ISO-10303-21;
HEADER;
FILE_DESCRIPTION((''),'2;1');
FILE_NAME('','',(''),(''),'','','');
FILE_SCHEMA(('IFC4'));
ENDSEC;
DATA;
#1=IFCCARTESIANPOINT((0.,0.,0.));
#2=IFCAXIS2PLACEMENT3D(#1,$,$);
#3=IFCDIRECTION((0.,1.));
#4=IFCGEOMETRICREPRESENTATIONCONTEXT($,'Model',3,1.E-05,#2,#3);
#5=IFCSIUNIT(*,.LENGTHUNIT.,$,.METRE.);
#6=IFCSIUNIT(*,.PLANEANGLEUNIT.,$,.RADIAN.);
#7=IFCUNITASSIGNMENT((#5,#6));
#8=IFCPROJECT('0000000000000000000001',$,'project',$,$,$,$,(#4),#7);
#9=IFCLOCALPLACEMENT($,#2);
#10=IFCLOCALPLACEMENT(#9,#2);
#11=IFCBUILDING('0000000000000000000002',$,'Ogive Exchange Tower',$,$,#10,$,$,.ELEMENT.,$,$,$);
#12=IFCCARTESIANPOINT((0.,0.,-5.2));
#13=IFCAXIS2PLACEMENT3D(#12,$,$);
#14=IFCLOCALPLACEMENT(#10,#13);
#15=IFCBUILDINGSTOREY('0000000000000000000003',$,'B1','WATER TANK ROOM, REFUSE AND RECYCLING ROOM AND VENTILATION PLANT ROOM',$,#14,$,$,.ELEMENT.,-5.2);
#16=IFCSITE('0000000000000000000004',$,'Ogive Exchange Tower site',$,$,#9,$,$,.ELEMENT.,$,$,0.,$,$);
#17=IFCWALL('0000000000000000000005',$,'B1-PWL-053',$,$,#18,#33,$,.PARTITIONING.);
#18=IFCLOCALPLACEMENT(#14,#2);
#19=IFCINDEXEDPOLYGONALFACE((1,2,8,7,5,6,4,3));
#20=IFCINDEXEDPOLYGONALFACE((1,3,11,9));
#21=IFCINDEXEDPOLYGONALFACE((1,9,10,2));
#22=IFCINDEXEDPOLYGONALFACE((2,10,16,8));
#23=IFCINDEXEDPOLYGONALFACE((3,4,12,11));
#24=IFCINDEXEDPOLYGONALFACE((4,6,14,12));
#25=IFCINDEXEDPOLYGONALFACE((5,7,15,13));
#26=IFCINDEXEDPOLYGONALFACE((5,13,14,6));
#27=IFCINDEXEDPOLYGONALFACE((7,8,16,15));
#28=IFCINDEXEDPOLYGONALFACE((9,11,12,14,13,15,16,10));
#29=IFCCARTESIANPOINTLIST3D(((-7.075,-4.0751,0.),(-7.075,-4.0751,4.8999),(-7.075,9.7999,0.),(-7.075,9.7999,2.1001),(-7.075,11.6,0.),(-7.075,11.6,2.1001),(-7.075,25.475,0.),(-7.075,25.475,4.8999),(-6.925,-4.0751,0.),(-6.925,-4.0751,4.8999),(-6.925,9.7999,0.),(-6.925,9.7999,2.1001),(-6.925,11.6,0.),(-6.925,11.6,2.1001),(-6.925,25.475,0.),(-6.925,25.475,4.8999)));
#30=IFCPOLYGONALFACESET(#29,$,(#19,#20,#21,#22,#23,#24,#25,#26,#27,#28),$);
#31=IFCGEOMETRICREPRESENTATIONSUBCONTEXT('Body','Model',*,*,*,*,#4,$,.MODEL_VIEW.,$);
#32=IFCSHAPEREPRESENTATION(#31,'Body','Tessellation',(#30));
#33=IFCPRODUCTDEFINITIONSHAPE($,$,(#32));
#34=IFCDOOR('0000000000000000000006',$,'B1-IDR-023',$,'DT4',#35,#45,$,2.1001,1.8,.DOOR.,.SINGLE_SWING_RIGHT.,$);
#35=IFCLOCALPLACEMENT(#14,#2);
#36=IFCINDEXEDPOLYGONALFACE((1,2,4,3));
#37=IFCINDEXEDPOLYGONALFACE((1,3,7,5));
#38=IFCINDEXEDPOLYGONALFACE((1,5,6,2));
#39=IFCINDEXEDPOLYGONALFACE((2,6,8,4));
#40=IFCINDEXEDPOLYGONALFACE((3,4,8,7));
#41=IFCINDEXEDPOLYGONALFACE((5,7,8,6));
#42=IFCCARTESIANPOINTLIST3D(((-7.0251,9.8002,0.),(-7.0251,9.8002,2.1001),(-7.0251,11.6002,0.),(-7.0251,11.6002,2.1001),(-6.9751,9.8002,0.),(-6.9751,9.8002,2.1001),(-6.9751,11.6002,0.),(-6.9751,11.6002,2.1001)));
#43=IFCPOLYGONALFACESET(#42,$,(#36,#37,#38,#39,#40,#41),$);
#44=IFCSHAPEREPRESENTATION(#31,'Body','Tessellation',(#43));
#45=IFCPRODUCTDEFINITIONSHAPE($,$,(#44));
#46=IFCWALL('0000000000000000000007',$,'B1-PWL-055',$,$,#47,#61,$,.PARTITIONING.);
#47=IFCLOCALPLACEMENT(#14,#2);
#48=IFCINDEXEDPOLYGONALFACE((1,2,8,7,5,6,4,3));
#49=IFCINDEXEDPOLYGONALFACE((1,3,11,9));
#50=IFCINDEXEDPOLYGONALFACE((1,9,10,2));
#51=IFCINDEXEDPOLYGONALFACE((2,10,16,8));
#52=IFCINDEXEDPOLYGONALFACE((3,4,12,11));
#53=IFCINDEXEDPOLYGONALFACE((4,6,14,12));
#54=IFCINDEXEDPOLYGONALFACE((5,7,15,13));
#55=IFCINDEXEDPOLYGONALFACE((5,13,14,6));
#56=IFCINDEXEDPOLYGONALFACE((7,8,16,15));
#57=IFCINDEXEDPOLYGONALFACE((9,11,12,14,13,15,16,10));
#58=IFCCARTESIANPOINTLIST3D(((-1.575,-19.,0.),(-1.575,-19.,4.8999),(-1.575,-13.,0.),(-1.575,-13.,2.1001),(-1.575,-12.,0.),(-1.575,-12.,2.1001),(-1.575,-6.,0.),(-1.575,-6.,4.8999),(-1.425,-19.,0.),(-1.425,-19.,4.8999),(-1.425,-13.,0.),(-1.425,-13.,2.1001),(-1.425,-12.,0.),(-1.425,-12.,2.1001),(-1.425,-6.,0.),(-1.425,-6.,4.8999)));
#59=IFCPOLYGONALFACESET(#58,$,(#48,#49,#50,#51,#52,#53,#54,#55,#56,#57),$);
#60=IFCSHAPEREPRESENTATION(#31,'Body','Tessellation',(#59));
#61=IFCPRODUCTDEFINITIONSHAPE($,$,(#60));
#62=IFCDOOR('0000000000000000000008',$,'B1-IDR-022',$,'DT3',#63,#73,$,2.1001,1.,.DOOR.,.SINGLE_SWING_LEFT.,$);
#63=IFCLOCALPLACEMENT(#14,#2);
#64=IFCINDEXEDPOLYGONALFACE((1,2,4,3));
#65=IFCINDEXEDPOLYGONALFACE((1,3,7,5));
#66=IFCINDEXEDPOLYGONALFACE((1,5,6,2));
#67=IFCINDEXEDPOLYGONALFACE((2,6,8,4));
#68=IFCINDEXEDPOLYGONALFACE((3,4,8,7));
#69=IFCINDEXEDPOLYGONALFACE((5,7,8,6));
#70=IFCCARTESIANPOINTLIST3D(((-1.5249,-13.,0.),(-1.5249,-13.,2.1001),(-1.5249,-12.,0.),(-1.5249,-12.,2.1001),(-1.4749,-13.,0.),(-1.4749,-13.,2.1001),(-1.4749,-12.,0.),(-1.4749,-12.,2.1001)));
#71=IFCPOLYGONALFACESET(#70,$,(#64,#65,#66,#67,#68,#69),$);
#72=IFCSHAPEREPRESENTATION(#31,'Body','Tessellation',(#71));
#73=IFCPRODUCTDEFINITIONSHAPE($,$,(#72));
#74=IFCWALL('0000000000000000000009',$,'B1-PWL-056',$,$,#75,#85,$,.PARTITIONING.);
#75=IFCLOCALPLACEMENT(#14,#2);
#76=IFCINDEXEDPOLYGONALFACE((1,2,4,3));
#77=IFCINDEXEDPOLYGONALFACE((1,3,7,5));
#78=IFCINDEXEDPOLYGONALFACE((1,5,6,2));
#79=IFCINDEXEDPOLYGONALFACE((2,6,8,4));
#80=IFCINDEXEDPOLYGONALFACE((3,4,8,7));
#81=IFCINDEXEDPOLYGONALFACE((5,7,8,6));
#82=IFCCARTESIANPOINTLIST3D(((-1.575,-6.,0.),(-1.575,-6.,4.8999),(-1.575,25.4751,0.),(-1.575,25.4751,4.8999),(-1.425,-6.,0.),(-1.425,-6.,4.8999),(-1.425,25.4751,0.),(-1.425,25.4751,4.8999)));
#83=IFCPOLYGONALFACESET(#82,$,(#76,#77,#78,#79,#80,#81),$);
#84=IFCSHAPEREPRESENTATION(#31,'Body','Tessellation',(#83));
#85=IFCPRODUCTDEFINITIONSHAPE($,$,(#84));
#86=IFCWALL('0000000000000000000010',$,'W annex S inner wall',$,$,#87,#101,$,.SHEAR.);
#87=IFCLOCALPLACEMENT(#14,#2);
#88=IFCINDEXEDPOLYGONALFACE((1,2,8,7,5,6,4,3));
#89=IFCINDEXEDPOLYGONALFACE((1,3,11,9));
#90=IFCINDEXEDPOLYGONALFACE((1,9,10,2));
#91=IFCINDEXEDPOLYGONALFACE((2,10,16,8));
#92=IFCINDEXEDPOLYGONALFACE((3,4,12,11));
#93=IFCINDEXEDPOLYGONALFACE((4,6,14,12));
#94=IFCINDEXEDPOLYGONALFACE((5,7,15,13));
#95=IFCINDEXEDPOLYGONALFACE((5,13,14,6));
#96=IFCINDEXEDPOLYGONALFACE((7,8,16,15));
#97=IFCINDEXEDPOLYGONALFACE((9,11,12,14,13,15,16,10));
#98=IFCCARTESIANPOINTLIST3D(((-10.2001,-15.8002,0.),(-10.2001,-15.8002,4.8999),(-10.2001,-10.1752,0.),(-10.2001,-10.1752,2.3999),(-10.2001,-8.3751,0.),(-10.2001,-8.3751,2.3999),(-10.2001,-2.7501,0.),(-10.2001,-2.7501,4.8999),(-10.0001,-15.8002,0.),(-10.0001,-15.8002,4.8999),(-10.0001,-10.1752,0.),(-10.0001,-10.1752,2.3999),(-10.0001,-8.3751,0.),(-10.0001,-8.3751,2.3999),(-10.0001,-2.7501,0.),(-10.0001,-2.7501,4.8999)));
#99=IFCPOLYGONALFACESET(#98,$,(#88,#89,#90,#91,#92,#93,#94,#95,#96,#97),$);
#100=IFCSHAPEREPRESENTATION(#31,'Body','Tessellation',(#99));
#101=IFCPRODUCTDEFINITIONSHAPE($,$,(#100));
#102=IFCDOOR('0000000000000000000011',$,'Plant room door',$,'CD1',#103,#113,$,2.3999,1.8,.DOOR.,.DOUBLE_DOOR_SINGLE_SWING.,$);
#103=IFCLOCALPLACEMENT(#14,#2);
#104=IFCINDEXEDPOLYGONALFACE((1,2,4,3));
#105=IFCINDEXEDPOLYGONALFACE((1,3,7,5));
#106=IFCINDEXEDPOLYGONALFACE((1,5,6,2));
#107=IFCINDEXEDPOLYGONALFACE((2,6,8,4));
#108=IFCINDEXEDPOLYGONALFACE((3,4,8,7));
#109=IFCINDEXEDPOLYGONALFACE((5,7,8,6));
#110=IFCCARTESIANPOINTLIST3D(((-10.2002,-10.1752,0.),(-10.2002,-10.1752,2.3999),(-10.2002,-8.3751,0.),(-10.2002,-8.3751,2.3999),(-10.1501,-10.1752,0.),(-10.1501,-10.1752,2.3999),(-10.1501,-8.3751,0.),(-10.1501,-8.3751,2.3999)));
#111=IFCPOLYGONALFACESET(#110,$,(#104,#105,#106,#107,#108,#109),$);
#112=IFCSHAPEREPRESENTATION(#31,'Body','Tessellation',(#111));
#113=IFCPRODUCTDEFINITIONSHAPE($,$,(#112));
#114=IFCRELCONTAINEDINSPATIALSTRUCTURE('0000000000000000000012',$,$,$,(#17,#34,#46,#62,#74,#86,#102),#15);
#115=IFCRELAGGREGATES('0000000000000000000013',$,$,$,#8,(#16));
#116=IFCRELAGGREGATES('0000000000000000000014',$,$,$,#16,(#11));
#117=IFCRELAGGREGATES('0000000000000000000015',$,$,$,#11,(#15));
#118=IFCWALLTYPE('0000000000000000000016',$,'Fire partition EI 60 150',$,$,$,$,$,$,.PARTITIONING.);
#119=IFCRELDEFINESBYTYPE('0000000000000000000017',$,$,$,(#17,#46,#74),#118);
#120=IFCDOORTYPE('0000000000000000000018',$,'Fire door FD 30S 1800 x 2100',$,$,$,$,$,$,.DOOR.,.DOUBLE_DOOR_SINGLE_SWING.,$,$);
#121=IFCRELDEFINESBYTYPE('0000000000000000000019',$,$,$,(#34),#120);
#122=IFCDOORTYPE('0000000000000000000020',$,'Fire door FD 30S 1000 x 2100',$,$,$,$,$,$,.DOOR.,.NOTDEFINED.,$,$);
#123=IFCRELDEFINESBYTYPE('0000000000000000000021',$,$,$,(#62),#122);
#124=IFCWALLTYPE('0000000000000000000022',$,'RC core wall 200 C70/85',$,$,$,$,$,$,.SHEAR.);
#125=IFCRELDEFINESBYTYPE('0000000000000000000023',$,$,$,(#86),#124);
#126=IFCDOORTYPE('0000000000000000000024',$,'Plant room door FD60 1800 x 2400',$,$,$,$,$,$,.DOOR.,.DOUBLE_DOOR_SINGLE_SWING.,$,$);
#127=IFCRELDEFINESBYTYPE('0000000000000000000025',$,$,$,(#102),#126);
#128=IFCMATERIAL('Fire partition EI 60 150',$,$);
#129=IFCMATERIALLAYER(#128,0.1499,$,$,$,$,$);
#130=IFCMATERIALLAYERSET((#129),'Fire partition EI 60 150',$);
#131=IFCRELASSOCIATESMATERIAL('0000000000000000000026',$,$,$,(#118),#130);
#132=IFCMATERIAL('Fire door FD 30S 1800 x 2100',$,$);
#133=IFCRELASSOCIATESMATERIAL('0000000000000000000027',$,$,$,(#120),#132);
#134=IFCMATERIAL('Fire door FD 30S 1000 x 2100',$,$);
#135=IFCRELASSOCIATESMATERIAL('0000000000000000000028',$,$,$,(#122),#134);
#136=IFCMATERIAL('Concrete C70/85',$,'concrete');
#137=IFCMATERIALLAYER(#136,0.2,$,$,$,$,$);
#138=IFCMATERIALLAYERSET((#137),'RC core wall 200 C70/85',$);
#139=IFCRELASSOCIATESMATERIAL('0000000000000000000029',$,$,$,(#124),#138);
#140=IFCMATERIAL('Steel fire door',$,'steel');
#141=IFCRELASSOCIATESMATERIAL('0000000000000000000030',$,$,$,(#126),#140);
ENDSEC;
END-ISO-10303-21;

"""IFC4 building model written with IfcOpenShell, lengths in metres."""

from ifc_helpers import new_model, si_unit, direction, frame, frame_2d, origin, place, context, subcontext, project, spatial, rectangle, extrude, material, layer, layer_set, type_object, element, fill, save


model = new_model("IFC4")

# Units and contexts
model_context = context("Model", 3, precision=1e-05, world=origin(), true_north=direction((0.0, 1.0)))
body_context = subcontext(model_context, "Body", "Model", "MODEL_VIEW")
ifc_project = project(units=[si_unit("LENGTHUNIT", "METRE"), si_unit("PLANEANGLEUNIT", "RADIAN")], contexts=[model_context])

# Site, building, storey
site_placement = place(None, origin())
site = spatial("IfcSite", under=ifc_project, at=site_placement, Name="Ogive Exchange Tower site", CompositionType="ELEMENT", RefElevation=0.0)
building_placement = place(site_placement, origin())
building = spatial("IfcBuilding", under=site, at=building_placement, Name="Ogive Exchange Tower", CompositionType="ELEMENT")
storey_placement = place(building_placement, frame((0.0, 0.0, -5.2)))
storey = spatial("IfcBuildingStorey", under=building, at=storey_placement, Name="B1", Description="WATER TANK ROOM, REFUSE AND RECYCLING ROOM AND VENTILATION PLANT ROOM", CompositionType="ELEMENT", Elevation=-5.2)

# Shared definitions
ifc_material_1 = material(Name="Concrete C70/85", Category="concrete")

# Shared definitions
ifc_material_2 = material(Name="Fire partition EI 60 150")
ifc_layer_1 = layer(ifc_material_2, 0.1499)
ifc_layer_set_1 = layer_set([ifc_layer_1], Name="Fire partition EI 60 150")
wall_type_1 = type_object("IfcWallType", Name="Fire partition EI 60 150", PredefinedType="PARTITIONING", material=ifc_layer_set_1)

# Walls, openings, doors
wall_1_placement = place(storey_placement, frame((-7.0, -4.075, 0.0), z_axis=(0.0, 0.0, 1.0), x_axis=(0.0, 1.0, 0.0)))
wall_1 = element("IfcWall", 1, at=wall_1_placement, inside=storey, type_object=wall_type_1, Name="B1-PWL-053", PredefinedType="PARTITIONING", context=body_context, shape_type="SweptSolid", body=[
    extrude(rectangle(XDim=29.55, YDim=0.1499, at=frame_2d((14.7749, 0.0))), origin(), (0.0, 0.0, 1.0), 4.8999),
])
opening_1_placement = place(wall_1_placement, frame((13.875, 0.0, 0.0)))
opening_1 = element("IfcOpeningElement", 2, at=opening_1_placement, cuts=wall_1, PredefinedType="OPENING", context=body_context, shape_type="SweptSolid", body=[
    extrude(rectangle(XDim=1.8, YDim=2.1001, at=frame_2d((0.8999, 1.05))), frame((0.0, 0.085, 0.0), z_axis=(0.0, -1.0, 0.0), x_axis=(1.0, 0.0, 0.0)), (0.0, 0.0, 1.0), 0.1699),
])
ifc_material_3 = material(Name="Fire door FD 30S 1800 x 2100")
door_type_1 = type_object("IfcDoorType", Name="Fire door FD 30S 1800 x 2100", OperationType="DOUBLE_DOOR_SINGLE_SWING", PredefinedType="DOOR", material=ifc_material_3)
door_1_placement = place(opening_1_placement, frame((1.8, 0.0, 0.0), z_axis=(0.0, 0.0, 1.0), x_axis=(-1.0, 0.0, 0.0)))
door_1 = element("IfcDoor", 3, at=door_1_placement, inside=storey, type_object=door_type_1, Name="B1-IDR-023", ObjectType="DT4", OperationType="SINGLE_SWING_RIGHT", OverallHeight=2.1001, OverallWidth=1.8, PredefinedType="DOOR", context=body_context, shape_type="SweptSolid", body=[
    extrude(rectangle(XDim=1.8, YDim=2.1001, at=frame_2d((0.8999, 1.05))), frame((0.0, 0.0249, 0.0), z_axis=(0.0, -1.0, 0.0), x_axis=(1.0, 0.0, 0.0)), (0.0, 0.0, 1.0), 0.05),
])
fill(opening_1, door_1)
wall_2_placement = place(storey_placement, frame((-1.5, -19.0, 0.0), z_axis=(0.0, 0.0, 1.0), x_axis=(0.0, 1.0, 0.0)))
wall_2 = element("IfcWall", 4, at=wall_2_placement, inside=storey, type_object=wall_type_1, Name="B1-PWL-055", PredefinedType="PARTITIONING", context=body_context, shape_type="SweptSolid", body=[
    extrude(rectangle(XDim=13.0, YDim=0.1499, at=frame_2d((6.5, 0.0))), origin(), (0.0, 0.0, 1.0), 4.8999),
])
opening_2_placement = place(wall_2_placement, frame((6.0, 0.0, 0.0)))
opening_2 = element("IfcOpeningElement", 5, at=opening_2_placement, cuts=wall_2, PredefinedType="OPENING", context=body_context, shape_type="SweptSolid", body=[
    extrude(rectangle(XDim=1.0, YDim=2.1001, at=frame_2d((0.5, 1.05))), frame((0.0, 0.085, 0.0), z_axis=(0.0, -1.0, 0.0), x_axis=(1.0, 0.0, 0.0)), (0.0, 0.0, 1.0), 0.1699),
])
ifc_material_4 = material(Name="Fire door FD 30S 1000 x 2100")
door_type_2 = type_object("IfcDoorType", Name="Fire door FD 30S 1000 x 2100", OperationType="NOTDEFINED", PredefinedType="DOOR", material=ifc_material_4)
door_2_placement = place(opening_2_placement, origin())
door_2 = element("IfcDoor", 6, at=door_2_placement, inside=storey, type_object=door_type_2, Name="B1-IDR-022", ObjectType="DT3", OperationType="SINGLE_SWING_LEFT", OverallHeight=2.1001, OverallWidth=1.0, PredefinedType="DOOR", context=body_context, shape_type="SweptSolid", body=[
    extrude(rectangle(XDim=1.0, YDim=2.1001, at=frame_2d((0.5, 1.05))), frame((0.0, 0.0249, 0.0), z_axis=(0.0, -1.0, 0.0), x_axis=(1.0, 0.0, 0.0)), (0.0, 0.0, 1.0), 0.05),
])
fill(opening_2, door_2)

# Wall
wall_3_placement = place(storey_placement, frame((-1.5, -6.0, 0.0), z_axis=(0.0, 0.0, 1.0), x_axis=(0.0, 1.0, 0.0)))
element("IfcWall", 7, at=wall_3_placement, inside=storey, type_object=wall_type_1, Name="B1-PWL-056", PredefinedType="PARTITIONING", context=body_context, shape_type="SweptSolid", body=[
    extrude(rectangle(XDim=31.4751, YDim=0.1499, at=frame_2d((15.7375, 0.0))), origin(), (0.0, 0.0, 1.0), 4.8999),
])

# Wall, opening, door
ifc_layer_2 = layer(ifc_material_1, 0.2)
ifc_layer_set_2 = layer_set([ifc_layer_2], Name="RC core wall 200 C70/85")
wall_type_2 = type_object("IfcWallType", Name="RC core wall 200 C70/85", PredefinedType="SHEAR", material=ifc_layer_set_2)
wall_4_placement = place(storey_placement, frame((-10.1001, -15.8, 0.0), z_axis=(0.0, 0.0, 1.0), x_axis=(0.0, 1.0, 0.0)))
wall_4 = element("IfcWall", 8, at=wall_4_placement, inside=storey, type_object=wall_type_2, Name="W annex S inner wall", PredefinedType="SHEAR", context=body_context, shape_type="SweptSolid", body=[
    extrude(rectangle(XDim=13.05, YDim=0.2, at=frame_2d((6.5249, 0.0))), origin(), (0.0, 0.0, 1.0), 4.8999),
])
opening_3_placement = place(wall_4_placement, frame((5.625, 0.0, 0.0)))
opening_3 = element("IfcOpeningElement", 9, at=opening_3_placement, cuts=wall_4, PredefinedType="OPENING", context=body_context, shape_type="SweptSolid", body=[
    extrude(rectangle(XDim=1.8, YDim=2.3999, at=frame_2d((0.8999, 1.2))), frame((0.0, 0.1099, 0.0), z_axis=(0.0, -1.0, 0.0), x_axis=(1.0, 0.0, 0.0)), (0.0, 0.0, 1.0), 0.22),
])
ifc_material_5 = material(Name="Steel fire door", Category="steel")
door_type_3 = type_object("IfcDoorType", Name="Plant room door FD60 1800 x 2400", OperationType="DOUBLE_DOOR_SINGLE_SWING", PredefinedType="DOOR", material=ifc_material_5)
door_3_placement = place(opening_3_placement, origin())
door_3 = element("IfcDoor", 10, at=door_3_placement, inside=storey, type_object=door_type_3, Name="Plant room door", ObjectType="CD1", OperationType="DOUBLE_DOOR_SINGLE_SWING", OverallHeight=2.3999, OverallWidth=1.8, PredefinedType="DOOR", context=body_context, shape_type="SweptSolid", body=[
    extrude(rectangle(XDim=1.8, YDim=2.3999, at=frame_2d((0.8999, 1.2))), frame((0.0, 0.1001, 0.0), z_axis=(0.0, -1.0, 0.0), x_axis=(1.0, 0.0, 0.0)), (0.0, 0.0, 1.0), 0.05),
])
fill(opening_3, door_3)

save(model, "model.ifc")
